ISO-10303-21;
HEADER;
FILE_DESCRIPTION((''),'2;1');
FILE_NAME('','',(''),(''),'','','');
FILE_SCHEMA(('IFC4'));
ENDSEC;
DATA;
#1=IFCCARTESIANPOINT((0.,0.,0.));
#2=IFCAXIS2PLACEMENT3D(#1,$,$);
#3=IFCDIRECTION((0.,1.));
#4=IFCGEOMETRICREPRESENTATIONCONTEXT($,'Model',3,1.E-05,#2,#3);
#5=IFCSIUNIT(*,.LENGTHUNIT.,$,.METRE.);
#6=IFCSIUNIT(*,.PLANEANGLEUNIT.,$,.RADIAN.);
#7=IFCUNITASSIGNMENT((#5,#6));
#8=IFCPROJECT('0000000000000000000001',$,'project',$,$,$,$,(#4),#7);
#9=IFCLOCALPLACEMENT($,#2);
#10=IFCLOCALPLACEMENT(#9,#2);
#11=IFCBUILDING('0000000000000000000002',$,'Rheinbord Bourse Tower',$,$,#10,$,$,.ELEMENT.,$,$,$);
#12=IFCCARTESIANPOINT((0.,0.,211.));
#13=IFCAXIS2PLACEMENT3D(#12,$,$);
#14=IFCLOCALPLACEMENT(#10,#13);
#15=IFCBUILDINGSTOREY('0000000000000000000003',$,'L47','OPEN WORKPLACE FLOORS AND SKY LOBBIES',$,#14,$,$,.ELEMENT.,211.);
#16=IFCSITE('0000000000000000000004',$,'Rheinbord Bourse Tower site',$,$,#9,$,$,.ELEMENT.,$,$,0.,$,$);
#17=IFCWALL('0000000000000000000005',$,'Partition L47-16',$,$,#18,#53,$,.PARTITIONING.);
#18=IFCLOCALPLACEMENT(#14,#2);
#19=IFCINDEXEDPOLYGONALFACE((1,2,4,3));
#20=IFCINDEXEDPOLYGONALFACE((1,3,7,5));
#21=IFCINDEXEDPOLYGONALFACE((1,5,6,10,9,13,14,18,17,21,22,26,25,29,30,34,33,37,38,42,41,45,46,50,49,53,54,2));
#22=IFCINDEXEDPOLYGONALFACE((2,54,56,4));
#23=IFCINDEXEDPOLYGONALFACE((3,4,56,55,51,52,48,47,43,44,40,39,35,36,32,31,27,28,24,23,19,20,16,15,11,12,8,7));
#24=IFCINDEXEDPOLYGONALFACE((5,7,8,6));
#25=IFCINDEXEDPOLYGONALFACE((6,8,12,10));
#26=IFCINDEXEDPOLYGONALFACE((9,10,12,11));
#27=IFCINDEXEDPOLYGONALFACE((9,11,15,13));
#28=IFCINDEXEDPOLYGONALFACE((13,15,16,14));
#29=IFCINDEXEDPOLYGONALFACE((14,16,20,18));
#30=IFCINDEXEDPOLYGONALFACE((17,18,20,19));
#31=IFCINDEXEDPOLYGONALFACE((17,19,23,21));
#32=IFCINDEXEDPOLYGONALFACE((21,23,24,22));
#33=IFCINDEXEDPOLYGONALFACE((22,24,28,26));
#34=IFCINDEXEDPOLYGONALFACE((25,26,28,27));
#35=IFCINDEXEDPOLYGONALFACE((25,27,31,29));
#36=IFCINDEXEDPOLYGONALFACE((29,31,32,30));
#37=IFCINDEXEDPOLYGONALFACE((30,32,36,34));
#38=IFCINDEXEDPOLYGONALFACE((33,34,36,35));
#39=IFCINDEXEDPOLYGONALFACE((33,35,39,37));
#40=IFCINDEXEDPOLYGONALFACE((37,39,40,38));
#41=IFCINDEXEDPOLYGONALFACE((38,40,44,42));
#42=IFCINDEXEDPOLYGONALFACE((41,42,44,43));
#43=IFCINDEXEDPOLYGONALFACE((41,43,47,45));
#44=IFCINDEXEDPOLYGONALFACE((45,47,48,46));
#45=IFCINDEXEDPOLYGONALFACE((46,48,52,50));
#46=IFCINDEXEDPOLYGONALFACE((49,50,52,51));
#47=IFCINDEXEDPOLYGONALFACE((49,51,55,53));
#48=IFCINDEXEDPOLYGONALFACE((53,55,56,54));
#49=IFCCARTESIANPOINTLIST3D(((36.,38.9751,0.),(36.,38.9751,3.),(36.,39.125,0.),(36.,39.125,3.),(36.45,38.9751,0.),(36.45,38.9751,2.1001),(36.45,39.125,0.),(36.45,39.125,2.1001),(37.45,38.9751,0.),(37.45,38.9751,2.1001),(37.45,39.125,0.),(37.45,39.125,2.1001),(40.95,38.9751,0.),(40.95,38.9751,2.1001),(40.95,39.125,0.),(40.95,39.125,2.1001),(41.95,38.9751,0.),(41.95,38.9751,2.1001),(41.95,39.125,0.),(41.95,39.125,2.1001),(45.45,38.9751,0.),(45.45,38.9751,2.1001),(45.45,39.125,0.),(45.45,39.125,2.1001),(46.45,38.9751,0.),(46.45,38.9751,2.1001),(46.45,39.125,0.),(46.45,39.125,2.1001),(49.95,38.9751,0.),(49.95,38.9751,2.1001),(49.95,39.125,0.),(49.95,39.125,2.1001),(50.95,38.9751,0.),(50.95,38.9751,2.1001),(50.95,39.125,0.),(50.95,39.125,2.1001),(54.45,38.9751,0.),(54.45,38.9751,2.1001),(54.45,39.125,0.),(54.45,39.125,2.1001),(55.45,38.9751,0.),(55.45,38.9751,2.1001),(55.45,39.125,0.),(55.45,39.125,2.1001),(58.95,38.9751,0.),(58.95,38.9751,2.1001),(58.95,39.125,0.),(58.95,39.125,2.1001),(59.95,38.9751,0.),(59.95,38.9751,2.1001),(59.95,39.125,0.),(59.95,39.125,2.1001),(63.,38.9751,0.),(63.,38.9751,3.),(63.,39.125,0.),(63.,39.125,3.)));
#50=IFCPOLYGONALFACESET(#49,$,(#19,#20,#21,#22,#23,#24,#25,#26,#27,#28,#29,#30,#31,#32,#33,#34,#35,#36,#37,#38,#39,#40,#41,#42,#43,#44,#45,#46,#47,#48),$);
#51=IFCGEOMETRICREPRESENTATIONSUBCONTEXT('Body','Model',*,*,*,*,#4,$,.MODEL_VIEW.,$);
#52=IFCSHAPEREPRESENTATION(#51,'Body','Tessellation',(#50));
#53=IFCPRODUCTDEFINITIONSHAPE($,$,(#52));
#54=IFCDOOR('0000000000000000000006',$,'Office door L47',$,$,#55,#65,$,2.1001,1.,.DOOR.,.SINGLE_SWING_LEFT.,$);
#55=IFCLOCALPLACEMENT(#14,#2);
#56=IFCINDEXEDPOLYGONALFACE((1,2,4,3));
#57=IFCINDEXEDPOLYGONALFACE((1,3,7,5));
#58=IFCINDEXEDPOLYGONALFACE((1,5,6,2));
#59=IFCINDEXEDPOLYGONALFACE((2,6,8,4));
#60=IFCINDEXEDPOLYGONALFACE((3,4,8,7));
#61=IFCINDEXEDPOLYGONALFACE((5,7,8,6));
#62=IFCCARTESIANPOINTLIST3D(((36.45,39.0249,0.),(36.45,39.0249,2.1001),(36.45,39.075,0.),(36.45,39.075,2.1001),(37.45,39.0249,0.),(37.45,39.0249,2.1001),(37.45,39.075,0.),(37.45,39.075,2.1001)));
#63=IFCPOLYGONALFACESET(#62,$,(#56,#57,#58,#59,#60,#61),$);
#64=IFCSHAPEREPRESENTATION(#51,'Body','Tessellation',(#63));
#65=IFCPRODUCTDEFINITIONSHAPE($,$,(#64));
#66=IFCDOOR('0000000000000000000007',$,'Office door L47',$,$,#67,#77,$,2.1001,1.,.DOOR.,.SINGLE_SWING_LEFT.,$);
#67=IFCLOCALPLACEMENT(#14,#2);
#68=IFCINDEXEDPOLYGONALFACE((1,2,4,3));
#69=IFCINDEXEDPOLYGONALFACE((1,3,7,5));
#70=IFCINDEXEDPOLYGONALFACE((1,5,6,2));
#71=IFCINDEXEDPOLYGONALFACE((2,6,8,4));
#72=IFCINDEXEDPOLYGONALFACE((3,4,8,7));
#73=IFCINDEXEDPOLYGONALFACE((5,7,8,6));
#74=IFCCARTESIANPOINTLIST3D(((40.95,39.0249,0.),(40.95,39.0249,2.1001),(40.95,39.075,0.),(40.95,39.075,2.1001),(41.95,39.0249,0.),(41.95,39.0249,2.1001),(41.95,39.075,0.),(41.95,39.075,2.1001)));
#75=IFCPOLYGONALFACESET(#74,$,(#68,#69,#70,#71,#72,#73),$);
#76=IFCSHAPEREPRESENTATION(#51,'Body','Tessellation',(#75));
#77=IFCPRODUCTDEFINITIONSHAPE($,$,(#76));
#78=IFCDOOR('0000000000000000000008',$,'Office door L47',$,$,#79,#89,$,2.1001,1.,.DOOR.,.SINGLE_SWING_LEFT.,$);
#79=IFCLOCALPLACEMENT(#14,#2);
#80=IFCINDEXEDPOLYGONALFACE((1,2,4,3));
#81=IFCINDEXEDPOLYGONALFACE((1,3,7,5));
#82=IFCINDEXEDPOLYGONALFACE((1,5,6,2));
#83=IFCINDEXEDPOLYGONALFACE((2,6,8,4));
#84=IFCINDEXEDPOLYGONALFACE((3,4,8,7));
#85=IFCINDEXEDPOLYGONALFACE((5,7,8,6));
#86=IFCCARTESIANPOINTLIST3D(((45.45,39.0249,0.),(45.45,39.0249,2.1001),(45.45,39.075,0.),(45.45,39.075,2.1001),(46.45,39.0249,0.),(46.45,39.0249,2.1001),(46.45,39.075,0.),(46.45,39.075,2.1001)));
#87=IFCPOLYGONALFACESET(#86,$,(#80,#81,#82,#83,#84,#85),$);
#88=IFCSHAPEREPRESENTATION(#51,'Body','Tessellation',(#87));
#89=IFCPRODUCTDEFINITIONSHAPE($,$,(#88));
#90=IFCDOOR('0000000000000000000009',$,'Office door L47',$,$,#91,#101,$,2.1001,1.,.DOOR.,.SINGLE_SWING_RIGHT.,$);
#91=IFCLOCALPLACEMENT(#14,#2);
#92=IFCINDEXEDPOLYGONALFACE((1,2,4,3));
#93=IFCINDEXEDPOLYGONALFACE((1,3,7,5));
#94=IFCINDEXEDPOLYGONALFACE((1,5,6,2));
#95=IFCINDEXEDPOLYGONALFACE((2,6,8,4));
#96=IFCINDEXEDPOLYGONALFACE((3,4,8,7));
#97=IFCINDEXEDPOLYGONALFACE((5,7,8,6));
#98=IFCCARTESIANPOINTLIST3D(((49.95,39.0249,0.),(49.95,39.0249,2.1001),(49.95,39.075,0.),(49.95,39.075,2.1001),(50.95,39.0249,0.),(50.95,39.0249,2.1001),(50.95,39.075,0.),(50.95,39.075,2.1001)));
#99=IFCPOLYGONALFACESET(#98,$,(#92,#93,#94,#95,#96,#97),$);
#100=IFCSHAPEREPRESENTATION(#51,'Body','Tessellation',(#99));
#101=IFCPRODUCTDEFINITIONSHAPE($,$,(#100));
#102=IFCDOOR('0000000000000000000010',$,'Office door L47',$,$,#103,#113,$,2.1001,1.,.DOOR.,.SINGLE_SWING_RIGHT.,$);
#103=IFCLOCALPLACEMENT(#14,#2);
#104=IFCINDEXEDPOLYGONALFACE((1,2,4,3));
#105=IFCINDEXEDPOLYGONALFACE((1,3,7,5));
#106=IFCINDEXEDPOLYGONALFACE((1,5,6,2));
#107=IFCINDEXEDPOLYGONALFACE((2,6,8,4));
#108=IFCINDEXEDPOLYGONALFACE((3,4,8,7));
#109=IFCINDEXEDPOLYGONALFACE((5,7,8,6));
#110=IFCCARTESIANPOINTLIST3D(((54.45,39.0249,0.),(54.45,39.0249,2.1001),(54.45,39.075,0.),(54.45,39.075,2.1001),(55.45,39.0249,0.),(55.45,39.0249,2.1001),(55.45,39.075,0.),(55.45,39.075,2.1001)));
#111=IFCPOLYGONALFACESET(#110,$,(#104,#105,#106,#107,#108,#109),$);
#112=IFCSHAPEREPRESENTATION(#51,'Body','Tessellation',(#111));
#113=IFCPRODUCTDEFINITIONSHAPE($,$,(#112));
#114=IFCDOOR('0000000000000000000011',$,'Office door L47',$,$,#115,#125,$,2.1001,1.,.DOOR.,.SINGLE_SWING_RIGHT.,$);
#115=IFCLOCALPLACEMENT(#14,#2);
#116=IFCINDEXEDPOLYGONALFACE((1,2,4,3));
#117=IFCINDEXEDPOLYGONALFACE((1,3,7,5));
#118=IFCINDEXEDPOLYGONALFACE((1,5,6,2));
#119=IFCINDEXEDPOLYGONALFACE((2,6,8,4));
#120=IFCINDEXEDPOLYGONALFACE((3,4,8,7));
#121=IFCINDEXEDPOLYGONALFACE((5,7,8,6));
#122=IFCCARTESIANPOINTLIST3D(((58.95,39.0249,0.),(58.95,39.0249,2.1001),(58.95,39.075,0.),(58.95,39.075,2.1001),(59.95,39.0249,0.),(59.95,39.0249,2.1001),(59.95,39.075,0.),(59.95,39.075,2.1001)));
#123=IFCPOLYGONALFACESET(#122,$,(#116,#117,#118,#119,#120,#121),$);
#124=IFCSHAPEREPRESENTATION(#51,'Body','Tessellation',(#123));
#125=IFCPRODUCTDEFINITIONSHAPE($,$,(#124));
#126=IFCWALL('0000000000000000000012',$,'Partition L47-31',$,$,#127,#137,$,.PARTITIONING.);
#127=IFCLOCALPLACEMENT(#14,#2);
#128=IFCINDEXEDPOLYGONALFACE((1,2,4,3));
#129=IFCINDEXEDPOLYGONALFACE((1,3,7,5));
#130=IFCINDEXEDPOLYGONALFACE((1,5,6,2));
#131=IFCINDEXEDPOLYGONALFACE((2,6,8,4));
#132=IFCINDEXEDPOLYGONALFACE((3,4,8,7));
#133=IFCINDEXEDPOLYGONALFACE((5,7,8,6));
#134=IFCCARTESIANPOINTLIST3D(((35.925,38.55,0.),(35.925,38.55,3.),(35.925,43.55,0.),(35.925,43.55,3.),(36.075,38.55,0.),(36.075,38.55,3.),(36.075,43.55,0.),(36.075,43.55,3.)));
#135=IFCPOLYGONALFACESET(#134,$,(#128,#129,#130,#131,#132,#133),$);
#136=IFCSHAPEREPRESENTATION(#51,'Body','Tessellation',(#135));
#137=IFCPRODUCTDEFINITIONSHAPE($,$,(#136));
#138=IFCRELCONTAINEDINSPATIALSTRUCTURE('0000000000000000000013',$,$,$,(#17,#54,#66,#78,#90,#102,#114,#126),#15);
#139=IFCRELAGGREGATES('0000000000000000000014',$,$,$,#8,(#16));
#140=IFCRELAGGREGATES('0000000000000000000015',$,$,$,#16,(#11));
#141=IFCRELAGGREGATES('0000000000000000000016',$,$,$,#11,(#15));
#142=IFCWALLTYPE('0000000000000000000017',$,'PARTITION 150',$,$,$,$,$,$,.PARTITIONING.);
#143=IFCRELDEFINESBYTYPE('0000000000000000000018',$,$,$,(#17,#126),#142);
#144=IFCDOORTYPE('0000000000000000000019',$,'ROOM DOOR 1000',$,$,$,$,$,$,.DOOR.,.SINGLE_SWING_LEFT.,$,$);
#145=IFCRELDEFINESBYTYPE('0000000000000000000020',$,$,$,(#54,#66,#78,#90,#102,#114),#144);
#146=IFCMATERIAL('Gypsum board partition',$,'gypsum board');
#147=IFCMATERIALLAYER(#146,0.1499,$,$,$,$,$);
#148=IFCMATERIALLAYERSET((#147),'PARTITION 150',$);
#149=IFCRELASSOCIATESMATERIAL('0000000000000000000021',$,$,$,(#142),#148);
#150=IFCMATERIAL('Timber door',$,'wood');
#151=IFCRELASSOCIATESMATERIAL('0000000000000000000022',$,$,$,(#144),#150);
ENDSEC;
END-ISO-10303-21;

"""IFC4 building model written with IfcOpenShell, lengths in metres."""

from ifc_helpers import new_model, si_unit, direction, frame, frame_2d, origin, place, context, subcontext, project, spatial, rectangle, extrude, material, layer, layer_set, type_object, element, fill, save


model = new_model("IFC4")

# Units and contexts
model_context = context("Model", 3, precision=1e-05, world=origin(), true_north=direction((0.0, 1.0)))
body_context = subcontext(model_context, "Body", "Model", "MODEL_VIEW")
ifc_project = project(units=[si_unit("LENGTHUNIT", "METRE"), si_unit("PLANEANGLEUNIT", "RADIAN")], contexts=[model_context])

# Site, building, storey
site_placement = place(None, origin())
site = spatial("IfcSite", under=ifc_project, at=site_placement, Name="Rheinbord Bourse Tower site", CompositionType="ELEMENT", RefElevation=0.0)
building_placement = place(site_placement, origin())
building = spatial("IfcBuilding", under=site, at=building_placement, Name="Rheinbord Bourse Tower", CompositionType="ELEMENT")
storey_placement = place(building_placement, frame((0.0, 0.0, 211.0)))
storey = spatial("IfcBuildingStorey", under=building, at=storey_placement, Name="L47", Description="OPEN WORKPLACE FLOORS AND SKY LOBBIES", CompositionType="ELEMENT", Elevation=211.0)

# Wall, openings, doors
ifc_material_1 = material(Name="Gypsum board partition", Category="gypsum board")
ifc_layer_1 = layer(ifc_material_1, 0.1499)
ifc_layer_set_1 = layer_set([ifc_layer_1], Name="PARTITION 150")
wall_type_1 = type_object("IfcWallType", Name="PARTITION 150", PredefinedType="PARTITIONING", material=ifc_layer_set_1)
wall_1_placement = place(storey_placement, frame((36.0, 39.05, 0.0), z_axis=(0.0, 0.0, 1.0), x_axis=(1.0, 0.0, 0.0)))
wall_1 = element("IfcWall", 1, at=wall_1_placement, inside=storey, type_object=wall_type_1, Name="Partition L47-16", PredefinedType="PARTITIONING", context=body_context, shape_type="SweptSolid", body=[
    extrude(rectangle(XDim=27.0, YDim=0.1499, at=frame_2d((13.5, 0.0))), origin(), (0.0, 0.0, 1.0), 3.0),
])
opening_1_placement = place(wall_1_placement, frame((0.45, 0.0, 0.0)))
opening_1 = element("IfcOpeningElement", 2, at=opening_1_placement, cuts=wall_1, PredefinedType="OPENING", context=body_context, shape_type="SweptSolid", body=[
    extrude(rectangle(XDim=1.0, YDim=2.1001, at=frame_2d((0.5, 1.05))), frame((0.0, 0.085, 0.0), z_axis=(0.0, -1.0, 0.0), x_axis=(1.0, 0.0, 0.0)), (0.0, 0.0, 1.0), 0.1699),
])
opening_2_placement = place(wall_1_placement, frame((4.95, 0.0, 0.0)))
opening_2 = element("IfcOpeningElement", 3, at=opening_2_placement, cuts=wall_1, PredefinedType="OPENING", context=body_context, shape_type="SweptSolid", body=[
    extrude(rectangle(XDim=1.0, YDim=2.1001, at=frame_2d((0.5, 1.05))), frame((0.0, 0.085, 0.0), z_axis=(0.0, -1.0, 0.0), x_axis=(1.0, 0.0, 0.0)), (0.0, 0.0, 1.0), 0.1699),
])
opening_3_placement = place(wall_1_placement, frame((9.45, 0.0, 0.0)))
opening_3 = element("IfcOpeningElement", 4, at=opening_3_placement, cuts=wall_1, PredefinedType="OPENING", context=body_context, shape_type="SweptSolid", body=[
    extrude(rectangle(XDim=1.0, YDim=2.1001, at=frame_2d((0.5, 1.05))), frame((0.0, 0.085, 0.0), z_axis=(0.0, -1.0, 0.0), x_axis=(1.0, 0.0, 0.0)), (0.0, 0.0, 1.0), 0.1699),
])
opening_4_placement = place(wall_1_placement, frame((13.95, 0.0, 0.0)))
opening_4 = element("IfcOpeningElement", 5, at=opening_4_placement, cuts=wall_1, PredefinedType="OPENING", context=body_context, shape_type="SweptSolid", body=[
    extrude(rectangle(XDim=1.0, YDim=2.1001, at=frame_2d((0.5, 1.05))), frame((0.0, 0.085, 0.0), z_axis=(0.0, -1.0, 0.0), x_axis=(1.0, 0.0, 0.0)), (0.0, 0.0, 1.0), 0.1699),
])
opening_5_placement = place(wall_1_placement, frame((18.45, 0.0, 0.0)))
opening_5 = element("IfcOpeningElement", 6, at=opening_5_placement, cuts=wall_1, PredefinedType="OPENING", context=body_context, shape_type="SweptSolid", body=[
    extrude(rectangle(XDim=1.0, YDim=2.1001, at=frame_2d((0.5, 1.05))), frame((0.0, 0.085, 0.0), z_axis=(0.0, -1.0, 0.0), x_axis=(1.0, 0.0, 0.0)), (0.0, 0.0, 1.0), 0.1699),
])
opening_6_placement = place(wall_1_placement, frame((22.95, 0.0, 0.0)))
opening_6 = element("IfcOpeningElement", 7, at=opening_6_placement, cuts=wall_1, PredefinedType="OPENING", context=body_context, shape_type="SweptSolid", body=[
    extrude(rectangle(XDim=1.0, YDim=2.1001, at=frame_2d((0.5, 1.05))), frame((0.0, 0.085, 0.0), z_axis=(0.0, -1.0, 0.0), x_axis=(1.0, 0.0, 0.0)), (0.0, 0.0, 1.0), 0.1699),
])
ifc_material_2 = material(Name="Timber door", Category="wood")
door_type_1 = type_object("IfcDoorType", Name="ROOM DOOR 1000", OperationType="SINGLE_SWING_LEFT", PredefinedType="DOOR", material=ifc_material_2)
door_1_placement = place(opening_1_placement, origin())
door_1 = element("IfcDoor", 8, at=door_1_placement, inside=storey, type_object=door_type_1, Name="Office door L47", OperationType="SINGLE_SWING_LEFT", OverallHeight=2.1001, OverallWidth=1.0, PredefinedType="DOOR", context=body_context, shape_type="SweptSolid", body=[
    extrude(rectangle(XDim=1.0, YDim=2.1001, at=frame_2d((0.5, 1.05))), frame((0.0, 0.0249, 0.0), z_axis=(0.0, -1.0, 0.0), x_axis=(1.0, 0.0, 0.0)), (0.0, 0.0, 1.0), 0.05),
])
fill(opening_1, door_1)
door_2_placement = place(opening_2_placement, origin())
door_2 = element("IfcDoor", 9, at=door_2_placement, inside=storey, type_object=door_type_1, Name="Office door L47", OperationType="SINGLE_SWING_LEFT", OverallHeight=2.1001, OverallWidth=1.0, PredefinedType="DOOR", context=body_context, shape_type="SweptSolid", body=[
    extrude(rectangle(XDim=1.0, YDim=2.1001, at=frame_2d((0.5, 1.05))), frame((0.0, 0.0249, 0.0), z_axis=(0.0, -1.0, 0.0), x_axis=(1.0, 0.0, 0.0)), (0.0, 0.0, 1.0), 0.05),
])
fill(opening_2, door_2)
door_3_placement = place(opening_3_placement, origin())
door_3 = element("IfcDoor", 10, at=door_3_placement, inside=storey, type_object=door_type_1, Name="Office door L47", OperationType="SINGLE_SWING_LEFT", OverallHeight=2.1001, OverallWidth=1.0, PredefinedType="DOOR", context=body_context, shape_type="SweptSolid", body=[
    extrude(rectangle(XDim=1.0, YDim=2.1001, at=frame_2d((0.5, 1.05))), frame((0.0, 0.0249, 0.0), z_axis=(0.0, -1.0, 0.0), x_axis=(1.0, 0.0, 0.0)), (0.0, 0.0, 1.0), 0.05),
])
fill(opening_3, door_3)
door_4_placement = place(opening_4_placement, origin())
door_4 = element("IfcDoor", 11, at=door_4_placement, inside=storey, type_object=door_type_1, Name="Office door L47", OperationType="SINGLE_SWING_RIGHT", OverallHeight=2.1001, OverallWidth=1.0, PredefinedType="DOOR", context=body_context, shape_type="SweptSolid", body=[
    extrude(rectangle(XDim=1.0, YDim=2.1001, at=frame_2d((0.5, 1.05))), frame((0.0, 0.0249, 0.0), z_axis=(0.0, -1.0, 0.0), x_axis=(1.0, 0.0, 0.0)), (0.0, 0.0, 1.0), 0.05),
])
fill(opening_4, door_4)
door_5_placement = place(opening_5_placement, origin())
door_5 = element("IfcDoor", 12, at=door_5_placement, inside=storey, type_object=door_type_1, Name="Office door L47", OperationType="SINGLE_SWING_RIGHT", OverallHeight=2.1001, OverallWidth=1.0, PredefinedType="DOOR", context=body_context, shape_type="SweptSolid", body=[
    extrude(rectangle(XDim=1.0, YDim=2.1001, at=frame_2d((0.5, 1.05))), frame((0.0, 0.0249, 0.0), z_axis=(0.0, -1.0, 0.0), x_axis=(1.0, 0.0, 0.0)), (0.0, 0.0, 1.0), 0.05),
])
fill(opening_5, door_5)
door_6_placement = place(opening_6_placement, origin())
door_6 = element("IfcDoor", 13, at=door_6_placement, inside=storey, type_object=door_type_1, Name="Office door L47", OperationType="SINGLE_SWING_RIGHT", OverallHeight=2.1001, OverallWidth=1.0, PredefinedType="DOOR", context=body_context, shape_type="SweptSolid", body=[
    extrude(rectangle(XDim=1.0, YDim=2.1001, at=frame_2d((0.5, 1.05))), frame((0.0, 0.0249, 0.0), z_axis=(0.0, -1.0, 0.0), x_axis=(1.0, 0.0, 0.0)), (0.0, 0.0, 1.0), 0.05),
])
fill(opening_6, door_6)

# Wall
wall_2_placement = place(storey_placement, frame((36.0, 38.55, 0.0), z_axis=(0.0, 0.0, 1.0), x_axis=(0.0, 1.0, 0.0)))
element("IfcWall", 14, at=wall_2_placement, inside=storey, type_object=wall_type_1, Name="Partition L47-31", PredefinedType="PARTITIONING", context=body_context, shape_type="SweptSolid", body=[
    extrude(rectangle(XDim=5.0, YDim=0.1499, at=frame_2d((2.5, 0.0))), origin(), (0.0, 0.0, 1.0), 3.0),
])

save(model, "model.ifc")
